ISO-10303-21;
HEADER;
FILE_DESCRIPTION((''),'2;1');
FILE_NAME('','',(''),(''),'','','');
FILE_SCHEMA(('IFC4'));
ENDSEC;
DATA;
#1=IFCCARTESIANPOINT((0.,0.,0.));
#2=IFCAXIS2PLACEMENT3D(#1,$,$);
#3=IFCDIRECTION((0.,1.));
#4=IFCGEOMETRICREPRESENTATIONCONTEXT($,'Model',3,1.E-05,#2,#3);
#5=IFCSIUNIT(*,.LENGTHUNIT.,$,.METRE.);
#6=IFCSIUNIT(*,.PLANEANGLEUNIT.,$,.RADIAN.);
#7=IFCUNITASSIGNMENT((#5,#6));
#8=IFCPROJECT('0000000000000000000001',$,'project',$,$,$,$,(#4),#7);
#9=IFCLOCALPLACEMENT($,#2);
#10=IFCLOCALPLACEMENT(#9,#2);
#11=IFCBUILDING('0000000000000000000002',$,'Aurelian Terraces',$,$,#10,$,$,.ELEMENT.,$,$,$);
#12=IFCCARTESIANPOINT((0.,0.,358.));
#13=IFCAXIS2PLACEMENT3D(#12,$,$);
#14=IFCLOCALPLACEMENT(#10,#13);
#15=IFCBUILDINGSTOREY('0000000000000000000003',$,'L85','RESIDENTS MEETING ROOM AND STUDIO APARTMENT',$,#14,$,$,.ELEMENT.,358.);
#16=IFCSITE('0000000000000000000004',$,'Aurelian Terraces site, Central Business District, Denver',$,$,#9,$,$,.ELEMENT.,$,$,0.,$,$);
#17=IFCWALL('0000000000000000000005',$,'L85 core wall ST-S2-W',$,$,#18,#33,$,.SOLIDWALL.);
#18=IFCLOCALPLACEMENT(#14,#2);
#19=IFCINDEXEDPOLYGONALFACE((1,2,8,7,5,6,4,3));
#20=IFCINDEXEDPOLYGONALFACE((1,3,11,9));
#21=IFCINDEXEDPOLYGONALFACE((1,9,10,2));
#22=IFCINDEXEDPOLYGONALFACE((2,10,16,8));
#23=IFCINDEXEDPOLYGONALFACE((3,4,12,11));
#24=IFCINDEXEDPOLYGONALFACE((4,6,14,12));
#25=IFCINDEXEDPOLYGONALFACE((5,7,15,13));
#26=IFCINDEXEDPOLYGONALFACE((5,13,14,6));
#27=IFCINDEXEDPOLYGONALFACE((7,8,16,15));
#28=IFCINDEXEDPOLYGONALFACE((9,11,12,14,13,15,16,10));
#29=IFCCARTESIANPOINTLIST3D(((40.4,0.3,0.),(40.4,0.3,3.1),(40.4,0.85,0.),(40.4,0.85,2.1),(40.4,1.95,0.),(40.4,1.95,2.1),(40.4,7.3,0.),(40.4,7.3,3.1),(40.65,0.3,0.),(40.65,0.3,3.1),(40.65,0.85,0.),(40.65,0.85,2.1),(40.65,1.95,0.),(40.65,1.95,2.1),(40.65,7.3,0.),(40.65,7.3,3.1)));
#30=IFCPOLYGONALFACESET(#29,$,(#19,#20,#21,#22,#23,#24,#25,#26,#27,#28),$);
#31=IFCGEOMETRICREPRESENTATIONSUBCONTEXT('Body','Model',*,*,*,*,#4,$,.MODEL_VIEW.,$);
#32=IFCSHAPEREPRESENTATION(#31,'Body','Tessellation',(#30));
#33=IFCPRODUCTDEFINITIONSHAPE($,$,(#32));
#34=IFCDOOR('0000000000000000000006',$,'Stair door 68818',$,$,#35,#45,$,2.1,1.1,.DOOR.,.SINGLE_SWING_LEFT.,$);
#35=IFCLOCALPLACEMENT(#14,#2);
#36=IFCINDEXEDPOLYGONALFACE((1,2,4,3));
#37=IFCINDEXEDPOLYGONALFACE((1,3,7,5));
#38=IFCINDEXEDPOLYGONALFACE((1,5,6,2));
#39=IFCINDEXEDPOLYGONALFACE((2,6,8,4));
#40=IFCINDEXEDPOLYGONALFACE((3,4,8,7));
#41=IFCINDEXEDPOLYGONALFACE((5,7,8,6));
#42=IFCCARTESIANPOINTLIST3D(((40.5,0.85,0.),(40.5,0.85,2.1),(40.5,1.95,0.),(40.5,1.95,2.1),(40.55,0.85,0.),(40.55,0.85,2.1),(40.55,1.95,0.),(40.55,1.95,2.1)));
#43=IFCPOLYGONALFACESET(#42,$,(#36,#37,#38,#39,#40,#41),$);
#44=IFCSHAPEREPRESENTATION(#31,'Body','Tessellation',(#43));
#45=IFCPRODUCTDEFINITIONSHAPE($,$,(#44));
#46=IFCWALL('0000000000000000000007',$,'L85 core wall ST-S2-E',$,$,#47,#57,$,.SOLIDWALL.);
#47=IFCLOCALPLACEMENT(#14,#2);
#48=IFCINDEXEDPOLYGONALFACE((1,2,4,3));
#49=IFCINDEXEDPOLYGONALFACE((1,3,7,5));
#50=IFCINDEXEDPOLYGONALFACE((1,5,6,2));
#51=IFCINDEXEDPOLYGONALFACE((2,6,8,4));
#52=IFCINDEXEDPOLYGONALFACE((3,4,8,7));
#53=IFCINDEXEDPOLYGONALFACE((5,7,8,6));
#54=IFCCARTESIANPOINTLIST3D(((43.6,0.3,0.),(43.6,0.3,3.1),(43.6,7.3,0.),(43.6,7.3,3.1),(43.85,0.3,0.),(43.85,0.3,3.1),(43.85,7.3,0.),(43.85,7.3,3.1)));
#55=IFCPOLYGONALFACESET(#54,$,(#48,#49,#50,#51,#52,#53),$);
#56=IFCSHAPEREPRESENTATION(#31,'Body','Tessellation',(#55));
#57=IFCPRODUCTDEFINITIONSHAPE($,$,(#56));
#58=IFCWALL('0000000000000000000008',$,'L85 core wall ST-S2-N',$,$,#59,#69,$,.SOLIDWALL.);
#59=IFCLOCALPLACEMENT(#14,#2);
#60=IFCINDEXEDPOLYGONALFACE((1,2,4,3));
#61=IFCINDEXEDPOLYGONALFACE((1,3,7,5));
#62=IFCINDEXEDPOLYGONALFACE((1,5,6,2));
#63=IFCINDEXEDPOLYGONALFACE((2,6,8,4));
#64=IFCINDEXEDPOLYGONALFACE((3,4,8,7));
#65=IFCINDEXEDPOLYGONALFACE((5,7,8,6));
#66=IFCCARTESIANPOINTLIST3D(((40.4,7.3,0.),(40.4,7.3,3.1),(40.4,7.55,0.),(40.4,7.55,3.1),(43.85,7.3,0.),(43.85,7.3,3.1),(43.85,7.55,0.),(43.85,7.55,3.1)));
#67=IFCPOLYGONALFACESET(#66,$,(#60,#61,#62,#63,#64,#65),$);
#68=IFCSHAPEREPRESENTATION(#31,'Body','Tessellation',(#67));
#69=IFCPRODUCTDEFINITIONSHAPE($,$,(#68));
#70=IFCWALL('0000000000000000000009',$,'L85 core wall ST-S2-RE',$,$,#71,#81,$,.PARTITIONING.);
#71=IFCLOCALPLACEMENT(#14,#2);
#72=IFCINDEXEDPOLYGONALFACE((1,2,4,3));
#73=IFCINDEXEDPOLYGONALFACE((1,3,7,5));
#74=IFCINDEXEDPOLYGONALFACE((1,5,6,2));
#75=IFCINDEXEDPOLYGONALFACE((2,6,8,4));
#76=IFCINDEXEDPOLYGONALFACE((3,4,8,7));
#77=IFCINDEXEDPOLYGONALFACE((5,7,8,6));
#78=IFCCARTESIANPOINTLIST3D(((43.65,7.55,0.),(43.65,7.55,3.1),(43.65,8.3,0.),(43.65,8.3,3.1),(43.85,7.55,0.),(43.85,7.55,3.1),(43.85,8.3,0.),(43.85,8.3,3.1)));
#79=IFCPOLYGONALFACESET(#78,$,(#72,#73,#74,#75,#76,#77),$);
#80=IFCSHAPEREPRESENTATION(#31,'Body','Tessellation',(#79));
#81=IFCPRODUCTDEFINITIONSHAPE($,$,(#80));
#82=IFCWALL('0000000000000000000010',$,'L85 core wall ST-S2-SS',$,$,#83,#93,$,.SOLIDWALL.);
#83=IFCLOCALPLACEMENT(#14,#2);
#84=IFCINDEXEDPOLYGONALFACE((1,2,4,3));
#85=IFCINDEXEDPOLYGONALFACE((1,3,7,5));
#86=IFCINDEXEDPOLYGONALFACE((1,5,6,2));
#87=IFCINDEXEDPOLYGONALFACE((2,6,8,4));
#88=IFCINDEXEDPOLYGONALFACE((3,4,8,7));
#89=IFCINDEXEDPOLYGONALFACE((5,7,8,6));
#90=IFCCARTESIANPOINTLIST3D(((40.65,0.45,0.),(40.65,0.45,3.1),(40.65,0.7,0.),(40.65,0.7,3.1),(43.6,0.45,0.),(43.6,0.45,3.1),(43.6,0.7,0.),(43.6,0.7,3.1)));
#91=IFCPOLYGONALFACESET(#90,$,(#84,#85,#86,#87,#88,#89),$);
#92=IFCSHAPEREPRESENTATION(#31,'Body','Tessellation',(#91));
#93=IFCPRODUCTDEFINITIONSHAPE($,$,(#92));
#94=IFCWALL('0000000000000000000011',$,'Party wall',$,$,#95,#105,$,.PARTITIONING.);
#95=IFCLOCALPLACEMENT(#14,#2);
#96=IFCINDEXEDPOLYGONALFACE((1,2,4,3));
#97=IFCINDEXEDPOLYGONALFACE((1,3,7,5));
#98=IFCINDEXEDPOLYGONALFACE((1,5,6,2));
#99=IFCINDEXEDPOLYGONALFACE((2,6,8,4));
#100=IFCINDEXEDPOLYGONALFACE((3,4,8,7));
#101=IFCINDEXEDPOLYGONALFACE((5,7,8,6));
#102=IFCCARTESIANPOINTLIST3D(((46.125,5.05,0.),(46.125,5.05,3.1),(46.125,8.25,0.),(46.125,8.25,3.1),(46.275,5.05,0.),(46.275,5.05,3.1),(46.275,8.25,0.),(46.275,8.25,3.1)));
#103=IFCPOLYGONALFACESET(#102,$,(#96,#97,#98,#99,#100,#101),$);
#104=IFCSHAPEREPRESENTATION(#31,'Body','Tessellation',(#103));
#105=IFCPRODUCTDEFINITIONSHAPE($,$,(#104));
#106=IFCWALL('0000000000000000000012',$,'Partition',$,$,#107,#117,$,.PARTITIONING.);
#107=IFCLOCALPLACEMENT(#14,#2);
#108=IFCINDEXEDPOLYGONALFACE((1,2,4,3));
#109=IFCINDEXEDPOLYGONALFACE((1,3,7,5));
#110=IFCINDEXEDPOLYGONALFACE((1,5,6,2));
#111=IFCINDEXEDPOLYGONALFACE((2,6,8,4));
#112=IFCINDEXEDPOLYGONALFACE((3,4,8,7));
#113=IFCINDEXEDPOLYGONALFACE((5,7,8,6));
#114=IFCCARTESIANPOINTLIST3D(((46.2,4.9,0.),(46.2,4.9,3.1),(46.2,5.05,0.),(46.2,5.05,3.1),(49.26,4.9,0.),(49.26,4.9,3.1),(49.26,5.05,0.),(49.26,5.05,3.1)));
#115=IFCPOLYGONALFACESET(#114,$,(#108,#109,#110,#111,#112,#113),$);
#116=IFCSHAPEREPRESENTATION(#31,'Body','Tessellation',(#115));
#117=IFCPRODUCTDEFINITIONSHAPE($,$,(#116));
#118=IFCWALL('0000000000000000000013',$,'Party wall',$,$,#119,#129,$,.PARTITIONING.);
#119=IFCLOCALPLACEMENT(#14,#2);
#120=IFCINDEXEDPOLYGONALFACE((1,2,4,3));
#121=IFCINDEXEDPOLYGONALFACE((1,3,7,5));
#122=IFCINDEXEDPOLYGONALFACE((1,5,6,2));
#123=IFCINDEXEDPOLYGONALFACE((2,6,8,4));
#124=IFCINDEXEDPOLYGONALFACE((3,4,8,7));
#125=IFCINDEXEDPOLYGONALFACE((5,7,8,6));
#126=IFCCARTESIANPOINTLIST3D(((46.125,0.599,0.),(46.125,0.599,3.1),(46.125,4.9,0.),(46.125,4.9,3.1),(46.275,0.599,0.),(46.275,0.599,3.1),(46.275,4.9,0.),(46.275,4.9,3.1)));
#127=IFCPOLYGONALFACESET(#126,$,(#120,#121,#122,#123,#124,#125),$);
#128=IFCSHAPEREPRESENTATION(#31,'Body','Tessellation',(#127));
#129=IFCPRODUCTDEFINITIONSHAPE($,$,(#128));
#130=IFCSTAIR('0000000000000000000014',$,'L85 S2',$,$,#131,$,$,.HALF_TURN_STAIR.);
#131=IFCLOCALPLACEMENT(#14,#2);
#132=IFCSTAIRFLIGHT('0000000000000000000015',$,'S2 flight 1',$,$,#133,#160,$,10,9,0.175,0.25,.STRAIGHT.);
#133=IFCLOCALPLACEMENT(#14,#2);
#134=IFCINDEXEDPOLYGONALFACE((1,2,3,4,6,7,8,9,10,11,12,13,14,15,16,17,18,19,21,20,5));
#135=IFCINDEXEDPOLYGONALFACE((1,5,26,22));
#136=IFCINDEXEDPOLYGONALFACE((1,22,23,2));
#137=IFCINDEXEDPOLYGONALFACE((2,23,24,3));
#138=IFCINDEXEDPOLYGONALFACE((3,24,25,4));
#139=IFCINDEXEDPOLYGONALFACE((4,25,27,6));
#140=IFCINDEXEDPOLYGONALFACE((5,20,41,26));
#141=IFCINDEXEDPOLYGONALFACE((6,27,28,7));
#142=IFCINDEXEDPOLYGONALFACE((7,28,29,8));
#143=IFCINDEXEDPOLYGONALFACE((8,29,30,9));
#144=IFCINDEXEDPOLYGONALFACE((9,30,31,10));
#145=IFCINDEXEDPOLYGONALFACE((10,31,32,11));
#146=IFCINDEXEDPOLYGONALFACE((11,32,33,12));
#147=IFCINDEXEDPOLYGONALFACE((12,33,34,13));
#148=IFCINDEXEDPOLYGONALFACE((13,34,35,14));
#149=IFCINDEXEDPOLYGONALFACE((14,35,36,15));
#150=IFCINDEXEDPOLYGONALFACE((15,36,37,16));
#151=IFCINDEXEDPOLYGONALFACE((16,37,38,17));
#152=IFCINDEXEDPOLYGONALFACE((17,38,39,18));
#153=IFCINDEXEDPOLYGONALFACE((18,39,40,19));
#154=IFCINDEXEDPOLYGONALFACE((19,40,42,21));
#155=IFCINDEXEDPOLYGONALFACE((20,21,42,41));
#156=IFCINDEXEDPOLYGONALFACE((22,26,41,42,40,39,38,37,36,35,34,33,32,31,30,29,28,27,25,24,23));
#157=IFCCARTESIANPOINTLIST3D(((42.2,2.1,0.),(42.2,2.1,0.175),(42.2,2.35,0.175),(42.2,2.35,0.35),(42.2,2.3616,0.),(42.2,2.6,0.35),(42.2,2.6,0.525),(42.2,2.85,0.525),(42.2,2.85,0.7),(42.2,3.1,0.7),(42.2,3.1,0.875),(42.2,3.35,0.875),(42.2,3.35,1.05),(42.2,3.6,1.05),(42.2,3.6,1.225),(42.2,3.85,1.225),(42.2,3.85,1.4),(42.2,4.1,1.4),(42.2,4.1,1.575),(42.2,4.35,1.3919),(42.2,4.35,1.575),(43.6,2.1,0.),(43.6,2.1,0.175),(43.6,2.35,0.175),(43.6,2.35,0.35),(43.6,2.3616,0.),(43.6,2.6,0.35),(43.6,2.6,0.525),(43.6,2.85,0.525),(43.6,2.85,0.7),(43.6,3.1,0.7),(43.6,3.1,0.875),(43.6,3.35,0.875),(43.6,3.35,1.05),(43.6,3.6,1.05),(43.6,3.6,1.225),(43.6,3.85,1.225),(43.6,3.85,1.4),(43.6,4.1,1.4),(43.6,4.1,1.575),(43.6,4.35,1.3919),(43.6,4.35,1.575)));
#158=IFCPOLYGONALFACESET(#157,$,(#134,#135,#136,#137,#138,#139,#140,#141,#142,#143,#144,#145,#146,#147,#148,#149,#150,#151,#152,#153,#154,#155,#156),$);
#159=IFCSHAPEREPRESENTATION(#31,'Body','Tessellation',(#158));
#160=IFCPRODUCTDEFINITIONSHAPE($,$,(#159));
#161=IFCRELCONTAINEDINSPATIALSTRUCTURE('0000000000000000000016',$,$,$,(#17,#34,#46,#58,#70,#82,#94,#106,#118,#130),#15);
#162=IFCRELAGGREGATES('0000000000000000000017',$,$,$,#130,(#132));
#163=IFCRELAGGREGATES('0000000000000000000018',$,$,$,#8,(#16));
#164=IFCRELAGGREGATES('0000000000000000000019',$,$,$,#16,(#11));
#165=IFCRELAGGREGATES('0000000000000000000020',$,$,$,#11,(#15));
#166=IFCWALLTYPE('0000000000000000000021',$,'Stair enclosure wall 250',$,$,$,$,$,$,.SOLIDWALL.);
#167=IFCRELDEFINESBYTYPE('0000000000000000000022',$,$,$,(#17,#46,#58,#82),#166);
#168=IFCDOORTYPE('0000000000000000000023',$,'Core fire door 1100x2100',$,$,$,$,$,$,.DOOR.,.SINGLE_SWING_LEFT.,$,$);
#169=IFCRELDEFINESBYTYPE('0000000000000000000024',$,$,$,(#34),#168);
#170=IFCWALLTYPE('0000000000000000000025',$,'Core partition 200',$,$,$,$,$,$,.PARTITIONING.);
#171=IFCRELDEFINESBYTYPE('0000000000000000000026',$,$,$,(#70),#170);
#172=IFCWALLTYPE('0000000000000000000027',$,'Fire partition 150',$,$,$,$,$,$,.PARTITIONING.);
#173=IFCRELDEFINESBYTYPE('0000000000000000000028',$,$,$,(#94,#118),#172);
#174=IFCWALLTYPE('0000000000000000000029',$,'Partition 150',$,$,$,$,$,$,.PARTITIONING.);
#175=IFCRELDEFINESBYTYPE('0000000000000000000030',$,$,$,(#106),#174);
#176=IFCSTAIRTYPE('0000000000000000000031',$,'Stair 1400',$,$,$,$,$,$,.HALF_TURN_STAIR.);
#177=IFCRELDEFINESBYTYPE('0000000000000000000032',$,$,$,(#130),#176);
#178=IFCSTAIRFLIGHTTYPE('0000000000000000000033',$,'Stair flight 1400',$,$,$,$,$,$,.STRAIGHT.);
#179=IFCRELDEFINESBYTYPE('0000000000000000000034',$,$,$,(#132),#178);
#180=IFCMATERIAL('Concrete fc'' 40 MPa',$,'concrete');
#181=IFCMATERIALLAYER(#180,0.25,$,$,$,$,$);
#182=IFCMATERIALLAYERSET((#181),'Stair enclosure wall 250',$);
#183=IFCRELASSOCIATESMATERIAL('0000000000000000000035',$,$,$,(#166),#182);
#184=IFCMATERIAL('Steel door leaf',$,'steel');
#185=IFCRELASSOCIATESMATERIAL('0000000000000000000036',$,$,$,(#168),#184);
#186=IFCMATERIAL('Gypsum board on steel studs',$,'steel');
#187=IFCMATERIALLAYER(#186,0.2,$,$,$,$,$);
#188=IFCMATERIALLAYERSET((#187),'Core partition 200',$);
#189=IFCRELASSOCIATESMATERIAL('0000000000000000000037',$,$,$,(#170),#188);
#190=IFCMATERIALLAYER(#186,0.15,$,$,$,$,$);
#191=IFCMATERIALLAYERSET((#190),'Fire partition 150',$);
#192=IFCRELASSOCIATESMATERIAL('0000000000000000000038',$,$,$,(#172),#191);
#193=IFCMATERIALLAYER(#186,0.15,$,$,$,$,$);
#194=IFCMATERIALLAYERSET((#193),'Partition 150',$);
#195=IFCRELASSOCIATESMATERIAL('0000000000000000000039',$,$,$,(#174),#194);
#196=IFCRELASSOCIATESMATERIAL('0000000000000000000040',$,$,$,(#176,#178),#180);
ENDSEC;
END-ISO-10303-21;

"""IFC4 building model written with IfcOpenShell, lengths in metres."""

from ifc_helpers import new_model, si_unit, direction, frame, frame_2d, origin, place, context, subcontext, project, spatial, polyline, rectangle, outline, extrude, source, transform, mapped, material, layer, layer_set, type_object, element, fill, aggregate, save


model = new_model("IFC4")

# Units and contexts
model_context = context("Model", 3, precision=1e-05, world=origin(), true_north=direction((0.0, 1.0)))
body_context = subcontext(model_context, "Body", "Model", "MODEL_VIEW")
ifc_project = project(units=[si_unit("LENGTHUNIT", "METRE"), si_unit("PLANEANGLEUNIT", "RADIAN")], contexts=[model_context])

# Site, building, storey
site_placement = place(None, origin())
site = spatial("IfcSite", under=ifc_project, at=site_placement, Name="Aurelian Terraces site, Central Business District, Denver", CompositionType="ELEMENT", RefElevation=0.0)
building_placement = place(site_placement, origin())
building = spatial("IfcBuilding", under=site, at=building_placement, Name="Aurelian Terraces", CompositionType="ELEMENT")
storey_placement = place(building_placement, frame((0.0, 0.0, 358.0)))
storey = spatial("IfcBuildingStorey", under=building, at=storey_placement, Name="L85", Description="RESIDENTS MEETING ROOM AND STUDIO APARTMENT", CompositionType="ELEMENT", Elevation=358.0)

# Shared definitions
ifc_material_1 = material(Name="Concrete fc' 40 MPa", Category="concrete")

# Wall, opening, door
ifc_layer_1 = layer(ifc_material_1, 0.25)
ifc_layer_set_1 = layer_set([ifc_layer_1], Name="Stair enclosure wall 250")
wall_type_1 = type_object("IfcWallType", Name="Stair enclosure wall 250", PredefinedType="SOLIDWALL", material=ifc_layer_set_1)
shared_shape_1 = source(origin(), body_context, "Body", "SweptSolid", [
    extrude(rectangle(XDim=7.0, YDim=0.25, at=frame_2d((3.5, 0.0))), origin(), (0.0, 0.0, 1.0), 3.1),
])
wall_1_placement = place(storey_placement, frame((40.525, 0.3, 0.0), z_axis=(0.0, 0.0, 1.0), x_axis=(0.0, 1.0, 0.0)))
wall_1 = element("IfcWall", 1, at=wall_1_placement, inside=storey, type_object=wall_type_1, Name="L85 core wall ST-S2-W", PredefinedType="SOLIDWALL", context=body_context, shape_type="MappedRepresentation", body=[
    mapped(shared_shape_1, transform((0.0, 0.0, 0.0), scale=1.0)),
])
shared_shape_2 = source(origin(), body_context, "Body", "SweptSolid", [
    extrude(rectangle(XDim=1.1, YDim=2.1, at=frame_2d((0.55, 1.05))), frame((0.0, 0.135, 0.0), z_axis=(0.0, -1.0, 0.0), x_axis=(1.0, 0.0, 0.0)), (0.0, 0.0, 1.0), 0.27),
])
opening_1_placement = place(wall_1_placement, frame((0.55, 0.0, 0.0)))
opening_1 = element("IfcOpeningElement", 2, at=opening_1_placement, cuts=wall_1, PredefinedType="OPENING", context=body_context, shape_type="MappedRepresentation", body=[
    mapped(shared_shape_2, transform((0.0, 0.0, 0.0), scale=1.0)),
])
ifc_material_2 = material(Name="Steel door leaf", Category="steel")
door_type = type_object("IfcDoorType", Name="Core fire door 1100x2100", OperationType="SINGLE_SWING_LEFT", PredefinedType="DOOR", material=ifc_material_2)
shared_shape_3 = source(origin(), body_context, "Body", "SweptSolid", [
    extrude(rectangle(XDim=1.1, YDim=2.1, at=frame_2d((0.55, 1.05))), frame((0.0, 0.025, 0.0), z_axis=(0.0, -1.0, 0.0), x_axis=(1.0, 0.0, 0.0)), (0.0, 0.0, 1.0), 0.05),
])
door_placement = place(opening_1_placement, origin())
door = element("IfcDoor", 3, at=door_placement, inside=storey, type_object=door_type, Name="Stair door 68818", OperationType="SINGLE_SWING_LEFT", OverallHeight=2.1, OverallWidth=1.1, PredefinedType="DOOR", context=body_context, shape_type="MappedRepresentation", body=[
    mapped(shared_shape_3, transform((0.0, 0.0, 0.0), scale=1.0)),
])
fill(opening_1, door)

# Walls
wall_2_placement = place(storey_placement, frame((43.725, 0.3, 0.0), z_axis=(0.0, 0.0, 1.0), x_axis=(0.0, 1.0, 0.0)))
element("IfcWall", 4, at=wall_2_placement, inside=storey, type_object=wall_type_1, Name="L85 core wall ST-S2-E", PredefinedType="SOLIDWALL", context=body_context, shape_type="MappedRepresentation", body=[
    mapped(shared_shape_1, transform((0.0, 0.0, 0.0), scale=1.0)),
])
shared_shape_4 = source(origin(), body_context, "Body", "SweptSolid", [
    extrude(rectangle(XDim=3.45, YDim=0.25, at=frame_2d((1.725, 0.0))), origin(), (0.0, 0.0, 1.0), 3.1),
])
wall_3_placement = place(storey_placement, frame((40.4, 7.425, 0.0), z_axis=(0.0, 0.0, 1.0), x_axis=(1.0, 0.0, 0.0)))
element("IfcWall", 5, at=wall_3_placement, inside=storey, type_object=wall_type_1, Name="L85 core wall ST-S2-N", PredefinedType="SOLIDWALL", context=body_context, shape_type="MappedRepresentation", body=[
    mapped(shared_shape_4, transform((0.0, 0.0, 0.0), scale=1.0)),
])
ifc_material_3 = material(Name="Gypsum board on steel studs", Category="steel")
ifc_layer_2 = layer(ifc_material_3, 0.2)
ifc_layer_set_2 = layer_set([ifc_layer_2], Name="Core partition 200")
wall_type_2 = type_object("IfcWallType", Name="Core partition 200", PredefinedType="PARTITIONING", material=ifc_layer_set_2)
shared_shape_5 = source(origin(), body_context, "Body", "SweptSolid", [
    extrude(rectangle(XDim=0.75, YDim=0.2, at=frame_2d((0.375, 0.0))), origin(), (0.0, 0.0, 1.0), 3.1),
])
wall_4_placement = place(storey_placement, frame((43.75, 7.55, 0.0), z_axis=(0.0, 0.0, 1.0), x_axis=(0.0, 1.0, 0.0)))
element("IfcWall", 6, at=wall_4_placement, inside=storey, type_object=wall_type_2, Name="L85 core wall ST-S2-RE", PredefinedType="PARTITIONING", context=body_context, shape_type="MappedRepresentation", body=[
    mapped(shared_shape_5, transform((0.0, 0.0, 0.0), scale=1.0)),
])
shared_shape_6 = source(origin(), body_context, "Body", "SweptSolid", [
    extrude(rectangle(XDim=2.95, YDim=0.25, at=frame_2d((1.475, 0.0))), origin(), (0.0, 0.0, 1.0), 3.1),
])
wall_5_placement = place(storey_placement, frame((40.65, 0.575, 0.0), z_axis=(0.0, 0.0, 1.0), x_axis=(1.0, 0.0, 0.0)))
element("IfcWall", 7, at=wall_5_placement, inside=storey, type_object=wall_type_1, Name="L85 core wall ST-S2-SS", PredefinedType="SOLIDWALL", context=body_context, shape_type="MappedRepresentation", body=[
    mapped(shared_shape_6, transform((0.0, 0.0, 0.0), scale=1.0)),
])
ifc_layer_3 = layer(ifc_material_3, 0.15)
ifc_layer_set_3 = layer_set([ifc_layer_3], Name="Fire partition 150")
wall_type_3 = type_object("IfcWallType", Name="Fire partition 150", PredefinedType="PARTITIONING", material=ifc_layer_set_3)
shared_shape_7 = source(origin(), body_context, "Body", "SweptSolid", [
    extrude(rectangle(XDim=3.2, YDim=0.15, at=frame_2d((1.6, 0.0))), origin(), (0.0, 0.0, 1.0), 3.1),
])
wall_6_placement = place(storey_placement, frame((46.2, 5.05, 0.0), z_axis=(0.0, 0.0, 1.0), x_axis=(0.0, 1.0, 0.0)))
element("IfcWall", 8, at=wall_6_placement, inside=storey, type_object=wall_type_3, Name="Party wall", PredefinedType="PARTITIONING", context=body_context, shape_type="MappedRepresentation", body=[
    mapped(shared_shape_7, transform((0.0, 0.0, 0.0), scale=1.0)),
])
ifc_layer_4 = layer(ifc_material_3, 0.15)
ifc_layer_set_4 = layer_set([ifc_layer_4], Name="Partition 150")
wall_type_4 = type_object("IfcWallType", Name="Partition 150", PredefinedType="PARTITIONING", material=ifc_layer_set_4)
shared_shape_8 = source(origin(), body_context, "Body", "SweptSolid", [
    extrude(rectangle(XDim=3.06, YDim=0.15, at=frame_2d((1.53, 0.0))), origin(), (0.0, 0.0, 1.0), 3.1),
])
wall_7_placement = place(storey_placement, frame((49.26, 4.975, 0.0), z_axis=(0.0, 0.0, 1.0), x_axis=(-1.0, 0.0, 0.0)))
element("IfcWall", 9, at=wall_7_placement, inside=storey, type_object=wall_type_4, Name="Partition", PredefinedType="PARTITIONING", context=body_context, shape_type="MappedRepresentation", body=[
    mapped(shared_shape_8, transform((0.0, 0.0, 0.0), scale=1.0)),
])
shared_shape_9 = source(origin(), body_context, "Body", "SweptSolid", [
    extrude(rectangle(XDim=4.301, YDim=0.15, at=frame_2d((2.1505, 0.0))), origin(), (0.0, 0.0, 1.0), 3.1),
])
wall_8_placement = place(storey_placement, frame((46.2, 0.599, 0.0), z_axis=(0.0, 0.0, 1.0), x_axis=(0.0, 1.0, 0.0)))
element("IfcWall", 10, at=wall_8_placement, inside=storey, type_object=wall_type_3, Name="Party wall", PredefinedType="PARTITIONING", context=body_context, shape_type="MappedRepresentation", body=[
    mapped(shared_shape_9, transform((0.0, 0.0, 0.0), scale=1.0)),
])

# Stair, stair flight
stair_type = type_object("IfcStairType", Name="Stair 1400", PredefinedType="HALF_TURN_STAIR", material=ifc_material_1)
stair_placement = place(storey_placement, origin())
stair = element("IfcStair", 11, at=stair_placement, inside=storey, type_object=stair_type, Name="L85 S2", PredefinedType="HALF_TURN_STAIR")
stair_flight_type = type_object("IfcStairFlightType", Name="Stair flight 1400", PredefinedType="STRAIGHT", material=ifc_material_1)
shared_shape_10 = source(origin(), body_context, "Body", "SweptSolid", [
    extrude(outline(polyline([(0.0, 0.0), (0.0, 0.175), (0.25, 0.175), (0.25, 0.35), (0.5, 0.35), (0.5, 0.525), (0.75, 0.525), (0.75, 0.7), (1.0, 0.7), (1.0, 0.875), (1.25, 0.875), (1.25, 1.05), (1.5, 1.05), (1.5, 1.225), (1.75, 1.225), (1.75, 1.4), (2.0, 1.4), (2.0, 1.575), (2.25, 1.575), (2.25, 1.75), (2.25, 1.3919), (0.2616, 0.0), (0.0, 0.0)])), frame((0.0, 0.7, 0.0), z_axis=(0.0, -1.0, 0.0), x_axis=(1.0, 0.0, 0.0)), (0.0, 0.0, 1.0), 1.4),
])
stair_flight_1_placement = place(storey_placement, frame((42.9, 2.1, 0.0), z_axis=(0.0, 0.0, 1.0), x_axis=(0.0, 1.0, 0.0)))
stair_flight_1 = element("IfcStairFlight", 12, at=stair_flight_1_placement, type_object=stair_flight_type, Name="S2 flight 1", NumberOfRisers=10, NumberOfTreads=9, PredefinedType="STRAIGHT", RiserHeight=0.175, TreadLength=0.25, context=body_context, shape_type="MappedRepresentation", body=[
    mapped(shared_shape_10, transform((0.0, 0.0, 0.0), scale=1.0)),
])
aggregate(stair, [stair_flight_1])

save(model, "model.ifc")
